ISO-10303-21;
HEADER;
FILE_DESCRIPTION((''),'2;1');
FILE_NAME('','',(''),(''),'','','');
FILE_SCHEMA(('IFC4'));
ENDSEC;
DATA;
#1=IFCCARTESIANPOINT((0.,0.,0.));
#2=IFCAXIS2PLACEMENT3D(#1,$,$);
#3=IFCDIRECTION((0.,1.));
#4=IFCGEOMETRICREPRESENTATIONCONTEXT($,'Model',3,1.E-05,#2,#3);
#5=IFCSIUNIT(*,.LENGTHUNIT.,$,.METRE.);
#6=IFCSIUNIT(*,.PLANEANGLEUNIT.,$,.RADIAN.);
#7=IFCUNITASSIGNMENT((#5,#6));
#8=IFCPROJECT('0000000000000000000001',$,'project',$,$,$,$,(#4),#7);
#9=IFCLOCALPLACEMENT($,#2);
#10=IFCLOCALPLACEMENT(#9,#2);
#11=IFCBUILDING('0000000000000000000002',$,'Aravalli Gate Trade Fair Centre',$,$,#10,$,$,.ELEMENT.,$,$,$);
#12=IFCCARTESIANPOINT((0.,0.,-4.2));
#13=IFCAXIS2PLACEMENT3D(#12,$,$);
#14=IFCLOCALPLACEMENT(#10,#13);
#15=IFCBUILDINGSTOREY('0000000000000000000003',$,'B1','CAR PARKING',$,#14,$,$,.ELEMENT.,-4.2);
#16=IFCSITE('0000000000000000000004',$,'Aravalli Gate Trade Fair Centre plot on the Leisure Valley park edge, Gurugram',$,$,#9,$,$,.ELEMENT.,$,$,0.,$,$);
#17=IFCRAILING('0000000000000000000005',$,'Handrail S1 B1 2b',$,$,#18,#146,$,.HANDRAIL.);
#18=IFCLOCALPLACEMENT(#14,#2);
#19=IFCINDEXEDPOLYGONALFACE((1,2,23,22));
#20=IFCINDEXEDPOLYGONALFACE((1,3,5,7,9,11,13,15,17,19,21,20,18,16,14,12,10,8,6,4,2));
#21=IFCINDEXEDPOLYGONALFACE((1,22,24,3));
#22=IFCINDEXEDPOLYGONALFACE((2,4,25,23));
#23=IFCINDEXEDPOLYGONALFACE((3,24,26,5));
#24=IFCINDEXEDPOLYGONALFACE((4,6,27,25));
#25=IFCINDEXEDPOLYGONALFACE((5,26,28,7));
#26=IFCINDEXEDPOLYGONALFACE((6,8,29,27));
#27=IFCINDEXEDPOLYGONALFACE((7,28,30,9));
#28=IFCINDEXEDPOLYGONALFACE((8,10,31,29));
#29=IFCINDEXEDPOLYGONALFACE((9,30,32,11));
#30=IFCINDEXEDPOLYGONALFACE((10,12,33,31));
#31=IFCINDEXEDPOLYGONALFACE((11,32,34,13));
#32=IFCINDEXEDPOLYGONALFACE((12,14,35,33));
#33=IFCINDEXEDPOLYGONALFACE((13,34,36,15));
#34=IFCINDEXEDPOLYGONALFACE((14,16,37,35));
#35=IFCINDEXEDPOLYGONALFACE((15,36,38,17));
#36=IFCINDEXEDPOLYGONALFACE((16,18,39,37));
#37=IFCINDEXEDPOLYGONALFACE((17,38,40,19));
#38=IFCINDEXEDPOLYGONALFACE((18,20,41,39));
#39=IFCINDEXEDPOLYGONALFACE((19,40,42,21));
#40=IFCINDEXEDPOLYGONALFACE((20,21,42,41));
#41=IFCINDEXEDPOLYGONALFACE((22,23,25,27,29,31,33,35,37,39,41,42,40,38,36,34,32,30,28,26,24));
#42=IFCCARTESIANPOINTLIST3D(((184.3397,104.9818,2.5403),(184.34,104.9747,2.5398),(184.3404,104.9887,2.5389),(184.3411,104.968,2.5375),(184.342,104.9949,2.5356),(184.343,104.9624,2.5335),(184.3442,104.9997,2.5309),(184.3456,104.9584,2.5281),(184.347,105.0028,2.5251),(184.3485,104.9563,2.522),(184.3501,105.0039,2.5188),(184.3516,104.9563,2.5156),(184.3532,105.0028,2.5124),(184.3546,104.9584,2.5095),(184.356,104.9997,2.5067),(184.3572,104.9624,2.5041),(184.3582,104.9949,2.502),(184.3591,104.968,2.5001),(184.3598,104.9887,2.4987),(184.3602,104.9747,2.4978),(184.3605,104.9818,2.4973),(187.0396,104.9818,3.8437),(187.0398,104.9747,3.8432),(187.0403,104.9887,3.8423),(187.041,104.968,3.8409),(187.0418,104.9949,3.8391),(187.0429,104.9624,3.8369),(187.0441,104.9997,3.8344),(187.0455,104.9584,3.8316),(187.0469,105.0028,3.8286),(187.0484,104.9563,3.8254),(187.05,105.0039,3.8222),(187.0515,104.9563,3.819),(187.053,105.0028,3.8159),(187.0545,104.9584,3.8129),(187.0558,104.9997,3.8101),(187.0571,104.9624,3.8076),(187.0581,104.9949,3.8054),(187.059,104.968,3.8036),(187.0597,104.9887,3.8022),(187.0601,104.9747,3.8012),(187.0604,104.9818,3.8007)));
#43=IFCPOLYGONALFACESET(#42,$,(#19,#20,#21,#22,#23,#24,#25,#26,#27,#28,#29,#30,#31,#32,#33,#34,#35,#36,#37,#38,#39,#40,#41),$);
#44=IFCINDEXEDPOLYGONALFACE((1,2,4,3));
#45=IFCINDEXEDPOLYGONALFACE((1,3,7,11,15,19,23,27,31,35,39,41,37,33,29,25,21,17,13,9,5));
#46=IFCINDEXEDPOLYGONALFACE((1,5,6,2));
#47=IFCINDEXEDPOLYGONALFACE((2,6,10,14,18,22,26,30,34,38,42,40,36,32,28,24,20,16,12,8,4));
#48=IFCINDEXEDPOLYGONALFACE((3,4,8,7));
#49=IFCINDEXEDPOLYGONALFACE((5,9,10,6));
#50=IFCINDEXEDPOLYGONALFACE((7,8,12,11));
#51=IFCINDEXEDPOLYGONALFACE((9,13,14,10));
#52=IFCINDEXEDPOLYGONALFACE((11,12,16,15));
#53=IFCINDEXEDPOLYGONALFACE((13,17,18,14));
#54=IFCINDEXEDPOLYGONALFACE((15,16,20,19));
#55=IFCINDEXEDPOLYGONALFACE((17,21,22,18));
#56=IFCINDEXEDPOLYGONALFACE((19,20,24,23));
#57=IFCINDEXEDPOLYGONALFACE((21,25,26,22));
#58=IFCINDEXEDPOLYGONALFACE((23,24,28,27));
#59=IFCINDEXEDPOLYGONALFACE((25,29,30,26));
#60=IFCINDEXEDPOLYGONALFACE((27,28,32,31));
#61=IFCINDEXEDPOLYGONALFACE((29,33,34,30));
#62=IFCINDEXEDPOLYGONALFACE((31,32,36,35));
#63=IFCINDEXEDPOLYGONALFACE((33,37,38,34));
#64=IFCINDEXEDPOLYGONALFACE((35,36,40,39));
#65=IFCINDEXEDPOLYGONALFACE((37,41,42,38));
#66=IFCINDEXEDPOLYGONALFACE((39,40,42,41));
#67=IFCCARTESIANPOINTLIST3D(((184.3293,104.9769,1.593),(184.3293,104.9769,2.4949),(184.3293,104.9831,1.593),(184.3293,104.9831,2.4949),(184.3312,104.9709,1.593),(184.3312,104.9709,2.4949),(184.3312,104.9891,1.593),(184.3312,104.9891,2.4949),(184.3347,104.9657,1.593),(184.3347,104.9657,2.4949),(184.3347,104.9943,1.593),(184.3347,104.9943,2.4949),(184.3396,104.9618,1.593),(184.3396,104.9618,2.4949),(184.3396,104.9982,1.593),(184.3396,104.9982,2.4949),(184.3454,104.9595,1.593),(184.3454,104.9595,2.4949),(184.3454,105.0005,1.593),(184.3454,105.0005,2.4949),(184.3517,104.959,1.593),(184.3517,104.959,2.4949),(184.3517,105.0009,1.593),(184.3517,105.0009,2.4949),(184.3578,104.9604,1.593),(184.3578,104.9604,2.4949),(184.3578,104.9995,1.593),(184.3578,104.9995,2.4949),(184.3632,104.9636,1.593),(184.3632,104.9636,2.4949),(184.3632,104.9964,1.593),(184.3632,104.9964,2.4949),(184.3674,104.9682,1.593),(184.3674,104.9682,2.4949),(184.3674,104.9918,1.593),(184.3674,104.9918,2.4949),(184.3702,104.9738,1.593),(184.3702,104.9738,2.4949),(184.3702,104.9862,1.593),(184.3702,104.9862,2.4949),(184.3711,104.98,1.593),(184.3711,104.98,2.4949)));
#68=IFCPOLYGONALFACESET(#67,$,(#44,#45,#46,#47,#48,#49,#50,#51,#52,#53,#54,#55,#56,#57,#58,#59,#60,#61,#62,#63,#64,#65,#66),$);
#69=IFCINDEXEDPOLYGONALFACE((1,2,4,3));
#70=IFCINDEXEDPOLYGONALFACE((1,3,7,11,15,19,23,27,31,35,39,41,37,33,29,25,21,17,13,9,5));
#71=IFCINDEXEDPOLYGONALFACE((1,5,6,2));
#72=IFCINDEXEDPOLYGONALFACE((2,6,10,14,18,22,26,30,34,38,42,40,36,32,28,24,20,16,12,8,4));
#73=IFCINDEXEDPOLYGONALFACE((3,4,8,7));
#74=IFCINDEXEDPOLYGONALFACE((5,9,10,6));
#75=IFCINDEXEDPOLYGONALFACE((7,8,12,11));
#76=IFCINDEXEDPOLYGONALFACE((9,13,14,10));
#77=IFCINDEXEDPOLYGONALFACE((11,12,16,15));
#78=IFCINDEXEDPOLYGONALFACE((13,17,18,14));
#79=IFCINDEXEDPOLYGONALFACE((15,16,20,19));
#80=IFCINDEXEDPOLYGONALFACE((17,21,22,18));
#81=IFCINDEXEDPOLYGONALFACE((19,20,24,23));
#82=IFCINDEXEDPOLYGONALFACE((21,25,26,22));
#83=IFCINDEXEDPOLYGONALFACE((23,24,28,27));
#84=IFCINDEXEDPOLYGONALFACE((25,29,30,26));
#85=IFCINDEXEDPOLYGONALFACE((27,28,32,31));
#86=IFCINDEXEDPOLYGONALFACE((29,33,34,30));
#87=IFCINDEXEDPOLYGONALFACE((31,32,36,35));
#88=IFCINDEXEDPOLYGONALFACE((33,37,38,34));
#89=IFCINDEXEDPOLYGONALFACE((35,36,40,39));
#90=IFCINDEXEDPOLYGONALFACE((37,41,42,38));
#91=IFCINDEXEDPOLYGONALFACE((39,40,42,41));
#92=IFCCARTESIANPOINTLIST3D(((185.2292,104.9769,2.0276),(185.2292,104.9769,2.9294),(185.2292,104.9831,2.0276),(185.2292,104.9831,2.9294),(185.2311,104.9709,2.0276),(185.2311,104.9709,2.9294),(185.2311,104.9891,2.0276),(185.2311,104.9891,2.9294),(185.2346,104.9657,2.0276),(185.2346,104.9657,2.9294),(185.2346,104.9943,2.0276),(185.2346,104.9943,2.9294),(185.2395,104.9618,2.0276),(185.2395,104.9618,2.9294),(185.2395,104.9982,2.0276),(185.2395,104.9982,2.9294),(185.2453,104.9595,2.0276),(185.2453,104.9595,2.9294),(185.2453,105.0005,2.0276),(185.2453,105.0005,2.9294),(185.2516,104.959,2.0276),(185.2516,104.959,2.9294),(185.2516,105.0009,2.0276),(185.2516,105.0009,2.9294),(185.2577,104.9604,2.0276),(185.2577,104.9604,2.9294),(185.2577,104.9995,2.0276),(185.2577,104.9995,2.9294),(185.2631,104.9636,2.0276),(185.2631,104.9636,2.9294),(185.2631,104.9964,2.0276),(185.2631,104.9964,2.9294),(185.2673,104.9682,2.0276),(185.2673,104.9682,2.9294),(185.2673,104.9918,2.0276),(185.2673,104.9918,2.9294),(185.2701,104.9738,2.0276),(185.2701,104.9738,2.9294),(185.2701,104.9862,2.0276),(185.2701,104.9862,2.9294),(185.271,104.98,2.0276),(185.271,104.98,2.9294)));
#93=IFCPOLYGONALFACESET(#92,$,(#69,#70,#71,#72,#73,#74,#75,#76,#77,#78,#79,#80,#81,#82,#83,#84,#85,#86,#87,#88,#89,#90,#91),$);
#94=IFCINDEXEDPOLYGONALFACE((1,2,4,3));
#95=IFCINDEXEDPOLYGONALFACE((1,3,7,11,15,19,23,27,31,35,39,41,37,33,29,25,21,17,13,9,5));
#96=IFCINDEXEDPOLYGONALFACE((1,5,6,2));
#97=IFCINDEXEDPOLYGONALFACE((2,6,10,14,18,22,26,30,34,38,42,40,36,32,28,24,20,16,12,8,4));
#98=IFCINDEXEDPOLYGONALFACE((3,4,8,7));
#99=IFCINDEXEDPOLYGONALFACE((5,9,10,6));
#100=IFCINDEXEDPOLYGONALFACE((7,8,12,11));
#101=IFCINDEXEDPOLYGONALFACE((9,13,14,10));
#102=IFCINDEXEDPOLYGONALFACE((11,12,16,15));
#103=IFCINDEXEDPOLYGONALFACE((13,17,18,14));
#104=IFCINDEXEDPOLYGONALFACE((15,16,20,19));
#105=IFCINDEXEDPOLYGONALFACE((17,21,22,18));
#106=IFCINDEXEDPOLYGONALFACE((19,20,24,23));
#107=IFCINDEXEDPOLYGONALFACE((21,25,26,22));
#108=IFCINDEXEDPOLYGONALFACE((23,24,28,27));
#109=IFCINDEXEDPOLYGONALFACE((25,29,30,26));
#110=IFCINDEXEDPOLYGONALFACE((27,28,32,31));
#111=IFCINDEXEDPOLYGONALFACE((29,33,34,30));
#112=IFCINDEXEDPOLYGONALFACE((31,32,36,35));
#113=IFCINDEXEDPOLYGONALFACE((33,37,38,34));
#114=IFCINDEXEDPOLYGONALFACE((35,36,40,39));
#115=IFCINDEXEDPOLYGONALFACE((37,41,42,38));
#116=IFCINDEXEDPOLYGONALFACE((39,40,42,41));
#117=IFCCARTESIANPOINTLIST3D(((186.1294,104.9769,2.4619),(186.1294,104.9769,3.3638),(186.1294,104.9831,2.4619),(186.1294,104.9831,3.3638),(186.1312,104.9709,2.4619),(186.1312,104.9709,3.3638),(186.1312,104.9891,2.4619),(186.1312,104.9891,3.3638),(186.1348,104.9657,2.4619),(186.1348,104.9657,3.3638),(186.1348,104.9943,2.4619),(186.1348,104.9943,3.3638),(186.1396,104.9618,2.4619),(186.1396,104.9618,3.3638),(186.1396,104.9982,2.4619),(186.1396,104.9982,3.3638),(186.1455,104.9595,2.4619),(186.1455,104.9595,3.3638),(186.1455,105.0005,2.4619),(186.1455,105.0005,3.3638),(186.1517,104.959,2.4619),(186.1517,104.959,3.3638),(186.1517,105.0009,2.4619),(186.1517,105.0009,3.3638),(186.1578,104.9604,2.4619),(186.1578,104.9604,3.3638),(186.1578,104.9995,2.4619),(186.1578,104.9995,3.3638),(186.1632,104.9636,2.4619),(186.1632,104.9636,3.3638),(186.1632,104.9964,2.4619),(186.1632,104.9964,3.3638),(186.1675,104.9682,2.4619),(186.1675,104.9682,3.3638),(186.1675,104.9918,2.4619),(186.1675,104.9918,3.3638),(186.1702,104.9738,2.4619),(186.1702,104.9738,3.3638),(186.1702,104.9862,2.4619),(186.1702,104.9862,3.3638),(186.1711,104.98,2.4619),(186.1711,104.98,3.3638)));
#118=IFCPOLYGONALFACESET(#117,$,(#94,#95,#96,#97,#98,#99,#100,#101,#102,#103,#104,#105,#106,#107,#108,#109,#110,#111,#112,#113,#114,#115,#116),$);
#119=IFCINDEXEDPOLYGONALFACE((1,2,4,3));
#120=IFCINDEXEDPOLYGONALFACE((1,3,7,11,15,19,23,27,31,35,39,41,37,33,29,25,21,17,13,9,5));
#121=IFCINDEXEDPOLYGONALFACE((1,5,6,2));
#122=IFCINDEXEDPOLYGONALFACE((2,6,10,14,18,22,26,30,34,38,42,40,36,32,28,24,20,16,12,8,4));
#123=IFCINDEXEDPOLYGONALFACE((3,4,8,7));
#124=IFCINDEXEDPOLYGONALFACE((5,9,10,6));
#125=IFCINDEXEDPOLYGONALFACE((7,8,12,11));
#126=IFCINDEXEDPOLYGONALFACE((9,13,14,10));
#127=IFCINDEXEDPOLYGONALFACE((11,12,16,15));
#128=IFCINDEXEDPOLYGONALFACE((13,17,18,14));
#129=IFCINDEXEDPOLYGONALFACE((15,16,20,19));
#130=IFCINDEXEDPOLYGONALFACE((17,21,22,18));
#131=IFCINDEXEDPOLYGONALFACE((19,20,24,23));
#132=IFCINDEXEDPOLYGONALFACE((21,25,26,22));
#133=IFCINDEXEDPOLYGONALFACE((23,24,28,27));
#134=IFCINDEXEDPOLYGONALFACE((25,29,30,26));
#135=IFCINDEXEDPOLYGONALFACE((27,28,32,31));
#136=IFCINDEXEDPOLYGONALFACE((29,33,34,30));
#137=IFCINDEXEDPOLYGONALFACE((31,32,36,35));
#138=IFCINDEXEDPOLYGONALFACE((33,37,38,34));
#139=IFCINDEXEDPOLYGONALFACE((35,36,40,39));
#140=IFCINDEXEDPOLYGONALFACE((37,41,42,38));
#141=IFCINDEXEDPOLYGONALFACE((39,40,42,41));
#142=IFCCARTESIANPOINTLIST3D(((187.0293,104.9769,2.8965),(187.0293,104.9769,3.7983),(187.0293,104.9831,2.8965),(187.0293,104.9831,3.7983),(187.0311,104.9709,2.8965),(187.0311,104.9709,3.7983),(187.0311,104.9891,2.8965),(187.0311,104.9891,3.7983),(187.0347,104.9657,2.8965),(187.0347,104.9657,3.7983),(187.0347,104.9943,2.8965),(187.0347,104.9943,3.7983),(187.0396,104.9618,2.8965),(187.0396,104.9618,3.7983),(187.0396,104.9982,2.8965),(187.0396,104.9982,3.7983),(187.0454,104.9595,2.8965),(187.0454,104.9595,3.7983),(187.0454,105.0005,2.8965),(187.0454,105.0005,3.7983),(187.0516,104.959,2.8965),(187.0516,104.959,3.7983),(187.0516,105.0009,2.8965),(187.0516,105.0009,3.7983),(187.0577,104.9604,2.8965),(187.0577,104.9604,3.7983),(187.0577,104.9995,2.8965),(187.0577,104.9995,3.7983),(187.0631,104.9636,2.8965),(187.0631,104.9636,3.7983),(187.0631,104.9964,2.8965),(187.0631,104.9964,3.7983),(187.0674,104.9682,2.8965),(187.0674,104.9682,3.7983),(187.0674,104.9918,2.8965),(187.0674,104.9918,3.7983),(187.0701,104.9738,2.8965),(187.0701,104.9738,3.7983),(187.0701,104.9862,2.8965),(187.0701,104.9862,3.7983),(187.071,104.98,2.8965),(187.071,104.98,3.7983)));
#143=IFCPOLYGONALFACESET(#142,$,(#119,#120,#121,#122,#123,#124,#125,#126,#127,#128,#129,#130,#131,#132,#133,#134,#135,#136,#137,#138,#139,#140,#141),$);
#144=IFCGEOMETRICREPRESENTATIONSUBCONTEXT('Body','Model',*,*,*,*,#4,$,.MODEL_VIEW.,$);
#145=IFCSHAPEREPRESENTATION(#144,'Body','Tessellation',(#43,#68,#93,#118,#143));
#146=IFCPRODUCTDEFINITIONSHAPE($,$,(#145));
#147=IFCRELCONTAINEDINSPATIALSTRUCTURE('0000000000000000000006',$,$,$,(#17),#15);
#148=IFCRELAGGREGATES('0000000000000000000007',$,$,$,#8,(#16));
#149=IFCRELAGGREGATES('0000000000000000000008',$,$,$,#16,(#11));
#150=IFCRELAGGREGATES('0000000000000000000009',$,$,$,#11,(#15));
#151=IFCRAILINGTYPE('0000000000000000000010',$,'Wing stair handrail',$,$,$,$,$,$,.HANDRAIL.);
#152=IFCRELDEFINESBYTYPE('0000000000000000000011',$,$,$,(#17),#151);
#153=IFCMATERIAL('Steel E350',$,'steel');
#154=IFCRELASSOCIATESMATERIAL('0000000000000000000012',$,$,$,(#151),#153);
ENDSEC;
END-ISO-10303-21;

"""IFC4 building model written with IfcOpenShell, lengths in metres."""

from ifc_helpers import new_model, si_unit, direction, frame, origin, origin_2d, place, context, subcontext, project, spatial, circle, extrude, material, type_object, element, save


model = new_model("IFC4")

# Units and contexts
model_context = context("Model", 3, precision=1e-05, world=origin(), true_north=direction((0.0, 1.0)))
body_context = subcontext(model_context, "Body", "Model", "MODEL_VIEW")
ifc_project = project(units=[si_unit("LENGTHUNIT", "METRE"), si_unit("PLANEANGLEUNIT", "RADIAN")], contexts=[model_context])

# Site, building, storey
site_placement = place(None, origin())
site = spatial("IfcSite", under=ifc_project, at=site_placement, Name="Aravalli Gate Trade Fair Centre plot on the Leisure Valley park edge, Gurugram", CompositionType="ELEMENT", RefElevation=0.0)
building_placement = place(site_placement, origin())
building = spatial("IfcBuilding", under=site, at=building_placement, Name="Aravalli Gate Trade Fair Centre", CompositionType="ELEMENT")
storey_placement = place(building_placement, frame((0.0, 0.0, -4.2)))
storey = spatial("IfcBuildingStorey", under=building, at=storey_placement, Name="B1", Description="CAR PARKING", CompositionType="ELEMENT", Elevation=-4.2)

# Shared definitions
ifc_material_1 = material(Name="Steel E350", Category="steel")

# Railing
railing_type_1 = type_object("IfcRailingType", Name="Wing stair handrail", PredefinedType="HANDRAIL", material=ifc_material_1)
railing_1_placement = place(storey_placement, frame((184.3501, 104.98, 1.593)))
element("IfcRailing", 1, at=railing_1_placement, inside=storey, type_object=railing_type_1, Name="Handrail S1 B1 2b", PredefinedType="HANDRAIL", context=body_context, shape_type="SweptSolid", body=[
    extrude(circle(Radius=0.0239, at=origin_2d()), frame((0.0, 0.0, 0.9258), z_axis=(0.900546, 0.0, 0.43476), x_axis=(0.0, 1.0, 0.0)), (0.0, 0.0, 1.0), 2.998),
    extrude(circle(Radius=0.021, at=origin_2d()), origin(), (0.0, 0.0, 1.0), 0.9019),
    extrude(circle(Radius=0.021, at=origin_2d()), frame((0.8999, 0.0, 0.4346)), (0.0, 0.0, 1.0), 0.9019),
    extrude(circle(Radius=0.021, at=origin_2d()), frame((1.8, 0.0, 0.8689)), (0.0, 0.0, 1.0), 0.9019),
    extrude(circle(Radius=0.021, at=origin_2d()), frame((2.7, 0.0, 1.3035)), (0.0, 0.0, 1.0), 0.9019),
])

save(model, "model.ifc")
